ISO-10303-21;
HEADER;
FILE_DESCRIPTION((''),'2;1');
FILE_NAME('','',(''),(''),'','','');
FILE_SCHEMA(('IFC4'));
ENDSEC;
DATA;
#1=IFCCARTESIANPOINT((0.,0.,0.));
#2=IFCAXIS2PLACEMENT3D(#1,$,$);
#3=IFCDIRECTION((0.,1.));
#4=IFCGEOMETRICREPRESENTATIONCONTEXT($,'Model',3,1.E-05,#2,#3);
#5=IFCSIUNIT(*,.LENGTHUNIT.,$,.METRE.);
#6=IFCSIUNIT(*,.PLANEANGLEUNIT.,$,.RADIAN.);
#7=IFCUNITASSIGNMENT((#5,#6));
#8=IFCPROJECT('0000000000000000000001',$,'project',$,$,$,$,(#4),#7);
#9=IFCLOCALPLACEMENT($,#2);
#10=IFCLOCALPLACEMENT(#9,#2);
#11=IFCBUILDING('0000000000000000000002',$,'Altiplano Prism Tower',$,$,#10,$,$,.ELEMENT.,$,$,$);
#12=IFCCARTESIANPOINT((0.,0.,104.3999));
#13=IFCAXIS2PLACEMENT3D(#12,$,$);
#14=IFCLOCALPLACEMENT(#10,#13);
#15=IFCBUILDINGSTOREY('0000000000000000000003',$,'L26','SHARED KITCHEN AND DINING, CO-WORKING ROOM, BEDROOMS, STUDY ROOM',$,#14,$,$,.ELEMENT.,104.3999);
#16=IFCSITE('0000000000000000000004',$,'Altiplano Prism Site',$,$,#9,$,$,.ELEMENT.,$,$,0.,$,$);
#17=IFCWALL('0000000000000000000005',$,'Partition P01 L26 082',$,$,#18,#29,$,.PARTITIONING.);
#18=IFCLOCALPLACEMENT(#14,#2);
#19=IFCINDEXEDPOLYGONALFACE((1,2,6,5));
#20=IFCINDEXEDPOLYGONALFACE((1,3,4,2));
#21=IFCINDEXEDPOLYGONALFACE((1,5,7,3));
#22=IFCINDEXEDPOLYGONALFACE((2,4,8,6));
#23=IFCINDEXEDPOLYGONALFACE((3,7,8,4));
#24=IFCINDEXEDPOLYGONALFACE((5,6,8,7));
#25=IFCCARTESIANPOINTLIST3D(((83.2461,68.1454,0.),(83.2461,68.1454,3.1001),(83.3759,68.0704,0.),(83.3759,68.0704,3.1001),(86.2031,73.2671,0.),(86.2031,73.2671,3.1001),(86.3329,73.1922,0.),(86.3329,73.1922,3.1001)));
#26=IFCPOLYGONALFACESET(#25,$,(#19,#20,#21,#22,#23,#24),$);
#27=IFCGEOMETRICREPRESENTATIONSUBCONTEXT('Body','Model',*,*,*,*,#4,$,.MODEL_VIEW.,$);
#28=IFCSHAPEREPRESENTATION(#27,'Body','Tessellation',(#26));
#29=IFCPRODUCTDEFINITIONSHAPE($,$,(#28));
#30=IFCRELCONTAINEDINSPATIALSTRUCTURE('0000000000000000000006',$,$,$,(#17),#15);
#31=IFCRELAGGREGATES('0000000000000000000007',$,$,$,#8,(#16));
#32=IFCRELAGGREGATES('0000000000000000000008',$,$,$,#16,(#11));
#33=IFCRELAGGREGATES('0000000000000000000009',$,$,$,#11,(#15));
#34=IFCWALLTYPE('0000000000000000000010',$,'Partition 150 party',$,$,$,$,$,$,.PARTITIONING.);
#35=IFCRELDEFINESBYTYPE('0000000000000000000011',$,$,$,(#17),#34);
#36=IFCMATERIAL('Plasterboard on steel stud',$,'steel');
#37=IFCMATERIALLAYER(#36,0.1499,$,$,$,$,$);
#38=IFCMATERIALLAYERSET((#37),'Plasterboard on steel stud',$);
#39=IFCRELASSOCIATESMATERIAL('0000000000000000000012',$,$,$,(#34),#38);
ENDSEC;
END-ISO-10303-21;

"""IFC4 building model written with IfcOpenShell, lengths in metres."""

from ifc_helpers import new_model, si_unit, direction, frame, frame_2d, origin, place, context, subcontext, project, spatial, rectangle, extrude, material, layer, layer_set, type_object, element, save


model = new_model("IFC4")

# Units and contexts
model_context = context("Model", 3, precision=1e-05, world=origin(), true_north=direction((0.0, 1.0)))
body_context = subcontext(model_context, "Body", "Model", "MODEL_VIEW")
ifc_project = project(units=[si_unit("LENGTHUNIT", "METRE"), si_unit("PLANEANGLEUNIT", "RADIAN")], contexts=[model_context])

# Site, building, storey
site_placement = place(None, origin())
site = spatial("IfcSite", under=ifc_project, at=site_placement, Name="Altiplano Prism Site", CompositionType="ELEMENT", RefElevation=0.0)
building_placement = place(site_placement, origin())
building = spatial("IfcBuilding", under=site, at=building_placement, Name="Altiplano Prism Tower", CompositionType="ELEMENT")
storey_placement = place(building_placement, frame((0.0, 0.0, 104.3999)))
storey = spatial("IfcBuildingStorey", under=building, at=storey_placement, Name="L26", Description="SHARED KITCHEN AND DINING, CO-WORKING ROOM, BEDROOMS, STUDY ROOM", CompositionType="ELEMENT", Elevation=104.3999)

# Shared definitions
ifc_material_1 = material(Name="Plasterboard on steel stud", Category="steel")

# Wall
ifc_layer_1 = layer(ifc_material_1, 0.1499)
ifc_layer_set_1 = layer_set([ifc_layer_1], Name="Plasterboard on steel stud")
wall_type_1 = type_object("IfcWallType", Name="Partition 150 party", PredefinedType="PARTITIONING", material=ifc_layer_set_1)
wall_1_placement = place(storey_placement, frame((83.311, 68.1079, 0.0), z_axis=(0.0, 0.0, 1.0), x_axis=(0.499993, 0.86603, 0.0)))
element("IfcWall", 1, at=wall_1_placement, inside=storey, type_object=wall_type_1, Name="Partition P01 L26 082", PredefinedType="PARTITIONING", context=body_context, shape_type="SweptSolid", body=[
    extrude(rectangle(XDim=5.9141, YDim=0.1499, at=frame_2d((2.957, 0.0))), origin(), (0.0, 0.0, 1.0), 3.1001),
])

save(model, "model.ifc")
